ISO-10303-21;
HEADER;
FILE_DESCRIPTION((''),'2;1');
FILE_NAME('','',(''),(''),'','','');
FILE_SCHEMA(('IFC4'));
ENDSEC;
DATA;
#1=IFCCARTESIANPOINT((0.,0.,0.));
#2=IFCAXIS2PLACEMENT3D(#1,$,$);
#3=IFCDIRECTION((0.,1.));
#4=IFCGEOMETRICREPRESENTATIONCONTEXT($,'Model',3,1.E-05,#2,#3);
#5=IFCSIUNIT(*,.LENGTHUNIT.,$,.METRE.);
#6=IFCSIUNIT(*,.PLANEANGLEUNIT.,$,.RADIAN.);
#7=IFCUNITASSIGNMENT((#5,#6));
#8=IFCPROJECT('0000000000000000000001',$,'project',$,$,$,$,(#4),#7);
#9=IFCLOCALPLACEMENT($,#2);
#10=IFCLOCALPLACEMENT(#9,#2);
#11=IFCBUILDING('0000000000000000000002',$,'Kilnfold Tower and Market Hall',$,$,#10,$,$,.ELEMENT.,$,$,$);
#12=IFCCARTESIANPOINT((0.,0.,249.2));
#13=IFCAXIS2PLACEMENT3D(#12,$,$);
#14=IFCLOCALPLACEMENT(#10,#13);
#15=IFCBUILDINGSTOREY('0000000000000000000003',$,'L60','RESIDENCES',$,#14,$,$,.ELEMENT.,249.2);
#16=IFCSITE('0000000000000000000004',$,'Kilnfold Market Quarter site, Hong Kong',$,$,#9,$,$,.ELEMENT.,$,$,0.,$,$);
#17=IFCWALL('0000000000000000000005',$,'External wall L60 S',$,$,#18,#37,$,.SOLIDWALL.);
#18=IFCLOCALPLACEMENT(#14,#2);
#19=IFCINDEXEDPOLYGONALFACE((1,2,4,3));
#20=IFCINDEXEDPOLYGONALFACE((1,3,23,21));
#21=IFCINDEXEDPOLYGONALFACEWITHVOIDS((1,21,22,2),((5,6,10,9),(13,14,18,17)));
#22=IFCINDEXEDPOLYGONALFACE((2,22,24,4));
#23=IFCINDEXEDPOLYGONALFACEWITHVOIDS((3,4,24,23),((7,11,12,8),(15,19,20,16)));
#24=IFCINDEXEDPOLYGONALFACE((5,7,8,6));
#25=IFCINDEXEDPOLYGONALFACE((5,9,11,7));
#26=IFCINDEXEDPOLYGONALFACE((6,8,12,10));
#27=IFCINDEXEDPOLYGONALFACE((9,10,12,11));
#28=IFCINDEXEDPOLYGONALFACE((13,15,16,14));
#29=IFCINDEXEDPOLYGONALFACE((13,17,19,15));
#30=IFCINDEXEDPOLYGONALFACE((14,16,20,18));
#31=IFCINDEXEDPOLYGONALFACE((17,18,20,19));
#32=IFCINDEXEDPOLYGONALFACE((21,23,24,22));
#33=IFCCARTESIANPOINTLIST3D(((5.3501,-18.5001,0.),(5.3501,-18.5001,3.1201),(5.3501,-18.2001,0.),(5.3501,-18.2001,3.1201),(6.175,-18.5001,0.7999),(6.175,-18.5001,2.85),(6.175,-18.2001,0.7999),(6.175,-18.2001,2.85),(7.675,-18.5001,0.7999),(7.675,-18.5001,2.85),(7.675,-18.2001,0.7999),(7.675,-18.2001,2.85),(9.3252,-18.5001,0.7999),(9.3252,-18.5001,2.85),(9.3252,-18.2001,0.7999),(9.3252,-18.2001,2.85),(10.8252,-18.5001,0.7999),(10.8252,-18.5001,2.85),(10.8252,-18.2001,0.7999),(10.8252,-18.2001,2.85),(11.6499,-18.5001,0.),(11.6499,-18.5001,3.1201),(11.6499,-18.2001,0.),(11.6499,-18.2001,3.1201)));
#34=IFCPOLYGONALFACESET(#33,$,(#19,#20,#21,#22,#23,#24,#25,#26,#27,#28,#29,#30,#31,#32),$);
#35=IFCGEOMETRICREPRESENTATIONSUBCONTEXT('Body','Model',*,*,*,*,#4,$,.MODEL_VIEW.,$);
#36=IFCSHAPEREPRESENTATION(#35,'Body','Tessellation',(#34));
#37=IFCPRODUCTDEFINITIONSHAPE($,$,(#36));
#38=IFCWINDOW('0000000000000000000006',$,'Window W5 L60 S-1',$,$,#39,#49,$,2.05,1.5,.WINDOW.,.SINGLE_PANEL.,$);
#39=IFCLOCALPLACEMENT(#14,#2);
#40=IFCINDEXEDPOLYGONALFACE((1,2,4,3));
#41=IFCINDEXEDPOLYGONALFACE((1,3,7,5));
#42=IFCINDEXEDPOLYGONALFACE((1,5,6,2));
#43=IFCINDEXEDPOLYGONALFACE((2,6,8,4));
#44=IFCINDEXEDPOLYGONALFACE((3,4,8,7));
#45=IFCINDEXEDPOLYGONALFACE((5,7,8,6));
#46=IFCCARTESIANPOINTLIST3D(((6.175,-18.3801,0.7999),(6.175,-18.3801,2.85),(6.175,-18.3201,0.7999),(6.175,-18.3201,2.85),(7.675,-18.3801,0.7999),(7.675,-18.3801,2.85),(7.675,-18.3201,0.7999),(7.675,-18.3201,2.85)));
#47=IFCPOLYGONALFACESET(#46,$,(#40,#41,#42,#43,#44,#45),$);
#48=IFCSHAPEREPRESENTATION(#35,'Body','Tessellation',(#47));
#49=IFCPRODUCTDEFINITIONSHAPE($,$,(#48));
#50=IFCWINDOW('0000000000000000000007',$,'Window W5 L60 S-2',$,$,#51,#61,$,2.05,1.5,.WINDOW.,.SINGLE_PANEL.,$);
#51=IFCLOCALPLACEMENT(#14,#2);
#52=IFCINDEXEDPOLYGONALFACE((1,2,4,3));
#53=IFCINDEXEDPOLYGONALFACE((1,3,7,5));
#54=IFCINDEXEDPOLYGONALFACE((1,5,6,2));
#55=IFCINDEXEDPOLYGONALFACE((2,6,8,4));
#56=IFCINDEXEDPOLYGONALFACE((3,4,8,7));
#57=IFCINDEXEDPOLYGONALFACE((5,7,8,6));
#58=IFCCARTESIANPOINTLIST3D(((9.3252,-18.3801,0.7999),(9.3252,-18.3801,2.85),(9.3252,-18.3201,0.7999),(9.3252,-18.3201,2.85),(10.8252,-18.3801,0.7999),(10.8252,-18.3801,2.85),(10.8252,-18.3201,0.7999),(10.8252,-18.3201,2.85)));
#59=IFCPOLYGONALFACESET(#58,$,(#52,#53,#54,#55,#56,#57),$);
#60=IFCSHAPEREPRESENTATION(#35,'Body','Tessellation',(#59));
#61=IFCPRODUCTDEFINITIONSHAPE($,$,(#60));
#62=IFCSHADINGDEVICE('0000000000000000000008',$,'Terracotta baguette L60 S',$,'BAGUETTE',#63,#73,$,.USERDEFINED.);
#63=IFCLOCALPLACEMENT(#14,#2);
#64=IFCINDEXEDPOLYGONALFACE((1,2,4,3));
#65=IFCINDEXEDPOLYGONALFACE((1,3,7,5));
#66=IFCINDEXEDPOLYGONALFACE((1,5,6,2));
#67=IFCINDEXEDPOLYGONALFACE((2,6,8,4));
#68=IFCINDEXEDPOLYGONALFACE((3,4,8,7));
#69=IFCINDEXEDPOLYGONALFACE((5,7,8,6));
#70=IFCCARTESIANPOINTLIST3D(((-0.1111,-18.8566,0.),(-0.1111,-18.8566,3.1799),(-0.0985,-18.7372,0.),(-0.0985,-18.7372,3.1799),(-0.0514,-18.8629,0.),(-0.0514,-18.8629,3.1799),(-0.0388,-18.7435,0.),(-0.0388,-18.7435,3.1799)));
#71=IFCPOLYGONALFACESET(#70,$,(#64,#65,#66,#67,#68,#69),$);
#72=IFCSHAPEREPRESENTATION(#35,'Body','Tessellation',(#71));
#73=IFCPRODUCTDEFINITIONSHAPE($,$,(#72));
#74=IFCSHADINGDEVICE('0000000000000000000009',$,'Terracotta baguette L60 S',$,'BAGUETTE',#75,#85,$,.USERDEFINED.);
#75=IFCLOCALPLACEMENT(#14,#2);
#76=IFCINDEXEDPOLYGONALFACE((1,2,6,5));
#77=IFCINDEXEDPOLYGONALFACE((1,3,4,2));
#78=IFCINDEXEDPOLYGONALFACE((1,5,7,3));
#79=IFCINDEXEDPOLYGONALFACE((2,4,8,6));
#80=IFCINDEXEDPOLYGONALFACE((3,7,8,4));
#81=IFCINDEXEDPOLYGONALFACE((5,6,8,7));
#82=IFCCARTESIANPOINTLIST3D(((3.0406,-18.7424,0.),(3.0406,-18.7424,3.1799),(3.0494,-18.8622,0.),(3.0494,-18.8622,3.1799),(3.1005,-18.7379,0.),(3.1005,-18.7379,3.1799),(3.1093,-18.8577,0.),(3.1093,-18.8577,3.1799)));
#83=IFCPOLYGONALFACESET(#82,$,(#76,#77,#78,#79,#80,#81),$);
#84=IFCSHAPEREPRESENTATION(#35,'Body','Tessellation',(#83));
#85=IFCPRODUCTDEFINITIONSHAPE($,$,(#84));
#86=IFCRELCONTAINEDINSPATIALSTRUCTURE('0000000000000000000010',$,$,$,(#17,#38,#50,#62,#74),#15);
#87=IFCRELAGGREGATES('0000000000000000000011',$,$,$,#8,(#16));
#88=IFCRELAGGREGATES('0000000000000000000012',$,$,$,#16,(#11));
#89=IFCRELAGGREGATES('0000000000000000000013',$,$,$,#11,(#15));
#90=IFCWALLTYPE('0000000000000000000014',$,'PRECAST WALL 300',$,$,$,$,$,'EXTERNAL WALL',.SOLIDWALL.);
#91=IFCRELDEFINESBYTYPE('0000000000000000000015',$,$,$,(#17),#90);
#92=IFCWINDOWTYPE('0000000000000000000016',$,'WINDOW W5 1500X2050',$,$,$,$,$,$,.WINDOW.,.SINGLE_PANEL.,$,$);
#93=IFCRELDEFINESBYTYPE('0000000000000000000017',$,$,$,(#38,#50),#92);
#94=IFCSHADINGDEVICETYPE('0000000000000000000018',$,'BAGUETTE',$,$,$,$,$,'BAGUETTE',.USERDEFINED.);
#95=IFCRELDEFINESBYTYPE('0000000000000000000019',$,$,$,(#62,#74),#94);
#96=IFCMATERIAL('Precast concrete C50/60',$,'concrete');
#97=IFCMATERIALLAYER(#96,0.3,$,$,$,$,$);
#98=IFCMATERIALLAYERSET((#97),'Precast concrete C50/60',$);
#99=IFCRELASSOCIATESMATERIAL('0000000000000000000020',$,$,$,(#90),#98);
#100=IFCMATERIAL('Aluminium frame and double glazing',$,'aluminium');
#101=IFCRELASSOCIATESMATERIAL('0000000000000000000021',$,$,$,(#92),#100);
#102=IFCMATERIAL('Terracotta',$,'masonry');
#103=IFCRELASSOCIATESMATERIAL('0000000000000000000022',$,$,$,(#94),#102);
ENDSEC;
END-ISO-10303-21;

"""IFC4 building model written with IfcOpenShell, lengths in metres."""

from ifc_helpers import new_model, si_unit, direction, frame, frame_2d, origin, origin_2d, place, context, subcontext, project, spatial, rectangle, extrude, source, transform, mapped, material, layer, layer_set, material_profile, profile_set, type_object, element, fill, save


model = new_model("IFC4")

# Units and contexts
model_context = context("Model", 3, precision=1e-05, world=origin(), true_north=direction((0.0, 1.0)))
body_context = subcontext(model_context, "Body", "Model", "MODEL_VIEW")
ifc_project = project(units=[si_unit("LENGTHUNIT", "METRE"), si_unit("PLANEANGLEUNIT", "RADIAN")], contexts=[model_context])

# Site, building, storey
site_placement = place(None, origin())
site = spatial("IfcSite", under=ifc_project, at=site_placement, Name="Kilnfold Market Quarter site, Hong Kong", CompositionType="ELEMENT", RefElevation=0.0)
building_placement = place(site_placement, origin())
building = spatial("IfcBuilding", under=site, at=building_placement, Name="Kilnfold Tower and Market Hall", CompositionType="ELEMENT")
storey_placement = place(building_placement, frame((0.0, 0.0, 249.2)))
storey = spatial("IfcBuildingStorey", under=building, at=storey_placement, Name="L60", Description="RESIDENCES", CompositionType="ELEMENT", Elevation=249.2)

# Wall, openings, windows
ifc_material_1 = material(Name="Precast concrete C50/60", Category="concrete")
ifc_layer_1 = layer(ifc_material_1, 0.3)
ifc_layer_set_1 = layer_set([ifc_layer_1], Name="Precast concrete C50/60")
wall_type_1 = type_object("IfcWallType", Name="PRECAST WALL 300", ElementType="EXTERNAL WALL", PredefinedType="SOLIDWALL", material=ifc_layer_set_1)
shared_shape_1 = source(origin(), body_context, "Body", "SweptSolid", [
    extrude(rectangle(XDim=6.2998, YDim=0.3, at=frame_2d((3.1499, 0.0))), origin(), (0.0, 0.0, 1.0), 3.1201),
])
ifc_material_2 = material(Name="Aluminium frame and double glazing", Category="aluminium")
window_type = type_object("IfcWindowType", Name="WINDOW W5 1500X2050", PartitioningType="SINGLE_PANEL", PredefinedType="WINDOW", material=ifc_material_2)
wall_1_placement = place(storey_placement, frame((5.3501, -18.3501, 0.0), z_axis=(0.0, 0.0, 1.0), x_axis=(1.0, 0.0, 0.0)))
wall_1 = element("IfcWall", 1, at=wall_1_placement, inside=storey, type_object=wall_type_1, Name="External wall L60 S", PredefinedType="SOLIDWALL", context=body_context, shape_type="MappedRepresentation", body=[
    mapped(shared_shape_1, transform((0.0, 0.0, 0.0))),
])
opening_1_placement = place(wall_1_placement, frame((0.825, 0.0, 0.8)))
opening_1 = element("IfcOpeningElement", 2, at=opening_1_placement, cuts=wall_1, PredefinedType="OPENING", context=body_context, shape_type="SweptSolid", body=[
    extrude(rectangle(XDim=1.5, YDim=2.05, at=frame_2d((0.75, 1.0249))), frame((0.0, 0.1602, 0.0), z_axis=(0.0, -1.0, 0.0), x_axis=(1.0, 0.0, 0.0)), (0.0, 0.0, 1.0), 0.3201),
])
opening_2_placement = place(wall_1_placement, frame((3.9751, 0.0, 0.8)))
opening_2 = element("IfcOpeningElement", 3, at=opening_2_placement, cuts=wall_1, PredefinedType="OPENING", context=body_context, shape_type="SweptSolid", body=[
    extrude(rectangle(XDim=1.5, YDim=2.05, at=frame_2d((0.75, 1.0249))), frame((0.0, 0.1602, 0.0), z_axis=(0.0, -1.0, 0.0), x_axis=(1.0, 0.0, 0.0)), (0.0, 0.0, 1.0), 0.3201),
])
window_1_placement = place(opening_1_placement, origin())
window_1 = element("IfcWindow", 4, at=window_1_placement, inside=storey, type_object=window_type, Name="Window W5 L60 S-1", OverallHeight=2.05, OverallWidth=1.5, PartitioningType="SINGLE_PANEL", PredefinedType="WINDOW", context=body_context, shape_type="SweptSolid", body=[
    extrude(rectangle(XDim=1.5, YDim=2.05, at=frame_2d((0.75, 1.0249))), frame((0.0, 0.03, 0.0), z_axis=(0.0, -1.0, 0.0), x_axis=(1.0, 0.0, 0.0)), (0.0, 0.0, 1.0), 0.0601),
])
fill(opening_1, window_1)
window_2_placement = place(opening_2_placement, origin())
window_2 = element("IfcWindow", 5, at=window_2_placement, inside=storey, type_object=window_type, Name="Window W5 L60 S-2", OverallHeight=2.05, OverallWidth=1.5, PartitioningType="SINGLE_PANEL", PredefinedType="WINDOW", context=body_context, shape_type="SweptSolid", body=[
    extrude(rectangle(XDim=1.5, YDim=2.05, at=frame_2d((0.75, 1.0249))), frame((0.0, 0.03, 0.0), z_axis=(0.0, -1.0, 0.0), x_axis=(1.0, 0.0, 0.0)), (0.0, 0.0, 1.0), 0.0601),
])
fill(opening_2, window_2)

# Shading devices
ifc_material_3 = material(Name="Terracotta", Category="masonry")
ifc_material_profile_1 = material_profile(ifc_material_3, rectangle(XDim=0.0601, YDim=0.1201, at=origin_2d()), Name="BAG 60x120")
ifc_profile_set_1 = profile_set([ifc_material_profile_1], Name="Terracotta")
shading_device_type = type_object("IfcShadingDeviceType", Name="BAGUETTE", ElementType="BAGUETTE", PredefinedType="USERDEFINED", material=ifc_profile_set_1)
shared_shape_2 = source(origin(), body_context, "Body", "SweptSolid", [
    extrude(rectangle(XDim=0.0601, YDim=0.1201, at=origin_2d()), origin(), (0.0, 0.0, 1.0), 3.1799),
])
for number, where, z_axis, x_axis, name in (
    (6, (-0.075, -18.8, 0.0), (0.0, 0.0, 1.0), (0.994429, -0.105405, 0.0), "Terracotta baguette L60 S"),
    (7, (3.075, -18.8, 0.0), (0.0, 0.0, 1.0), (0.997285, 0.073635, 0.0), "Terracotta baguette L60 S"),
):
    element("IfcShadingDevice", number, at=place(storey_placement, frame(where, z_axis=z_axis, x_axis=x_axis)), inside=storey, type_object=shading_device_type, Name=name, ObjectType="BAGUETTE", PredefinedType="USERDEFINED", context=body_context, shape_type="MappedRepresentation", body=[
        mapped(shared_shape_2, transform((0.0, 0.0, 0.0))),
    ])

save(model, "model.ifc")
